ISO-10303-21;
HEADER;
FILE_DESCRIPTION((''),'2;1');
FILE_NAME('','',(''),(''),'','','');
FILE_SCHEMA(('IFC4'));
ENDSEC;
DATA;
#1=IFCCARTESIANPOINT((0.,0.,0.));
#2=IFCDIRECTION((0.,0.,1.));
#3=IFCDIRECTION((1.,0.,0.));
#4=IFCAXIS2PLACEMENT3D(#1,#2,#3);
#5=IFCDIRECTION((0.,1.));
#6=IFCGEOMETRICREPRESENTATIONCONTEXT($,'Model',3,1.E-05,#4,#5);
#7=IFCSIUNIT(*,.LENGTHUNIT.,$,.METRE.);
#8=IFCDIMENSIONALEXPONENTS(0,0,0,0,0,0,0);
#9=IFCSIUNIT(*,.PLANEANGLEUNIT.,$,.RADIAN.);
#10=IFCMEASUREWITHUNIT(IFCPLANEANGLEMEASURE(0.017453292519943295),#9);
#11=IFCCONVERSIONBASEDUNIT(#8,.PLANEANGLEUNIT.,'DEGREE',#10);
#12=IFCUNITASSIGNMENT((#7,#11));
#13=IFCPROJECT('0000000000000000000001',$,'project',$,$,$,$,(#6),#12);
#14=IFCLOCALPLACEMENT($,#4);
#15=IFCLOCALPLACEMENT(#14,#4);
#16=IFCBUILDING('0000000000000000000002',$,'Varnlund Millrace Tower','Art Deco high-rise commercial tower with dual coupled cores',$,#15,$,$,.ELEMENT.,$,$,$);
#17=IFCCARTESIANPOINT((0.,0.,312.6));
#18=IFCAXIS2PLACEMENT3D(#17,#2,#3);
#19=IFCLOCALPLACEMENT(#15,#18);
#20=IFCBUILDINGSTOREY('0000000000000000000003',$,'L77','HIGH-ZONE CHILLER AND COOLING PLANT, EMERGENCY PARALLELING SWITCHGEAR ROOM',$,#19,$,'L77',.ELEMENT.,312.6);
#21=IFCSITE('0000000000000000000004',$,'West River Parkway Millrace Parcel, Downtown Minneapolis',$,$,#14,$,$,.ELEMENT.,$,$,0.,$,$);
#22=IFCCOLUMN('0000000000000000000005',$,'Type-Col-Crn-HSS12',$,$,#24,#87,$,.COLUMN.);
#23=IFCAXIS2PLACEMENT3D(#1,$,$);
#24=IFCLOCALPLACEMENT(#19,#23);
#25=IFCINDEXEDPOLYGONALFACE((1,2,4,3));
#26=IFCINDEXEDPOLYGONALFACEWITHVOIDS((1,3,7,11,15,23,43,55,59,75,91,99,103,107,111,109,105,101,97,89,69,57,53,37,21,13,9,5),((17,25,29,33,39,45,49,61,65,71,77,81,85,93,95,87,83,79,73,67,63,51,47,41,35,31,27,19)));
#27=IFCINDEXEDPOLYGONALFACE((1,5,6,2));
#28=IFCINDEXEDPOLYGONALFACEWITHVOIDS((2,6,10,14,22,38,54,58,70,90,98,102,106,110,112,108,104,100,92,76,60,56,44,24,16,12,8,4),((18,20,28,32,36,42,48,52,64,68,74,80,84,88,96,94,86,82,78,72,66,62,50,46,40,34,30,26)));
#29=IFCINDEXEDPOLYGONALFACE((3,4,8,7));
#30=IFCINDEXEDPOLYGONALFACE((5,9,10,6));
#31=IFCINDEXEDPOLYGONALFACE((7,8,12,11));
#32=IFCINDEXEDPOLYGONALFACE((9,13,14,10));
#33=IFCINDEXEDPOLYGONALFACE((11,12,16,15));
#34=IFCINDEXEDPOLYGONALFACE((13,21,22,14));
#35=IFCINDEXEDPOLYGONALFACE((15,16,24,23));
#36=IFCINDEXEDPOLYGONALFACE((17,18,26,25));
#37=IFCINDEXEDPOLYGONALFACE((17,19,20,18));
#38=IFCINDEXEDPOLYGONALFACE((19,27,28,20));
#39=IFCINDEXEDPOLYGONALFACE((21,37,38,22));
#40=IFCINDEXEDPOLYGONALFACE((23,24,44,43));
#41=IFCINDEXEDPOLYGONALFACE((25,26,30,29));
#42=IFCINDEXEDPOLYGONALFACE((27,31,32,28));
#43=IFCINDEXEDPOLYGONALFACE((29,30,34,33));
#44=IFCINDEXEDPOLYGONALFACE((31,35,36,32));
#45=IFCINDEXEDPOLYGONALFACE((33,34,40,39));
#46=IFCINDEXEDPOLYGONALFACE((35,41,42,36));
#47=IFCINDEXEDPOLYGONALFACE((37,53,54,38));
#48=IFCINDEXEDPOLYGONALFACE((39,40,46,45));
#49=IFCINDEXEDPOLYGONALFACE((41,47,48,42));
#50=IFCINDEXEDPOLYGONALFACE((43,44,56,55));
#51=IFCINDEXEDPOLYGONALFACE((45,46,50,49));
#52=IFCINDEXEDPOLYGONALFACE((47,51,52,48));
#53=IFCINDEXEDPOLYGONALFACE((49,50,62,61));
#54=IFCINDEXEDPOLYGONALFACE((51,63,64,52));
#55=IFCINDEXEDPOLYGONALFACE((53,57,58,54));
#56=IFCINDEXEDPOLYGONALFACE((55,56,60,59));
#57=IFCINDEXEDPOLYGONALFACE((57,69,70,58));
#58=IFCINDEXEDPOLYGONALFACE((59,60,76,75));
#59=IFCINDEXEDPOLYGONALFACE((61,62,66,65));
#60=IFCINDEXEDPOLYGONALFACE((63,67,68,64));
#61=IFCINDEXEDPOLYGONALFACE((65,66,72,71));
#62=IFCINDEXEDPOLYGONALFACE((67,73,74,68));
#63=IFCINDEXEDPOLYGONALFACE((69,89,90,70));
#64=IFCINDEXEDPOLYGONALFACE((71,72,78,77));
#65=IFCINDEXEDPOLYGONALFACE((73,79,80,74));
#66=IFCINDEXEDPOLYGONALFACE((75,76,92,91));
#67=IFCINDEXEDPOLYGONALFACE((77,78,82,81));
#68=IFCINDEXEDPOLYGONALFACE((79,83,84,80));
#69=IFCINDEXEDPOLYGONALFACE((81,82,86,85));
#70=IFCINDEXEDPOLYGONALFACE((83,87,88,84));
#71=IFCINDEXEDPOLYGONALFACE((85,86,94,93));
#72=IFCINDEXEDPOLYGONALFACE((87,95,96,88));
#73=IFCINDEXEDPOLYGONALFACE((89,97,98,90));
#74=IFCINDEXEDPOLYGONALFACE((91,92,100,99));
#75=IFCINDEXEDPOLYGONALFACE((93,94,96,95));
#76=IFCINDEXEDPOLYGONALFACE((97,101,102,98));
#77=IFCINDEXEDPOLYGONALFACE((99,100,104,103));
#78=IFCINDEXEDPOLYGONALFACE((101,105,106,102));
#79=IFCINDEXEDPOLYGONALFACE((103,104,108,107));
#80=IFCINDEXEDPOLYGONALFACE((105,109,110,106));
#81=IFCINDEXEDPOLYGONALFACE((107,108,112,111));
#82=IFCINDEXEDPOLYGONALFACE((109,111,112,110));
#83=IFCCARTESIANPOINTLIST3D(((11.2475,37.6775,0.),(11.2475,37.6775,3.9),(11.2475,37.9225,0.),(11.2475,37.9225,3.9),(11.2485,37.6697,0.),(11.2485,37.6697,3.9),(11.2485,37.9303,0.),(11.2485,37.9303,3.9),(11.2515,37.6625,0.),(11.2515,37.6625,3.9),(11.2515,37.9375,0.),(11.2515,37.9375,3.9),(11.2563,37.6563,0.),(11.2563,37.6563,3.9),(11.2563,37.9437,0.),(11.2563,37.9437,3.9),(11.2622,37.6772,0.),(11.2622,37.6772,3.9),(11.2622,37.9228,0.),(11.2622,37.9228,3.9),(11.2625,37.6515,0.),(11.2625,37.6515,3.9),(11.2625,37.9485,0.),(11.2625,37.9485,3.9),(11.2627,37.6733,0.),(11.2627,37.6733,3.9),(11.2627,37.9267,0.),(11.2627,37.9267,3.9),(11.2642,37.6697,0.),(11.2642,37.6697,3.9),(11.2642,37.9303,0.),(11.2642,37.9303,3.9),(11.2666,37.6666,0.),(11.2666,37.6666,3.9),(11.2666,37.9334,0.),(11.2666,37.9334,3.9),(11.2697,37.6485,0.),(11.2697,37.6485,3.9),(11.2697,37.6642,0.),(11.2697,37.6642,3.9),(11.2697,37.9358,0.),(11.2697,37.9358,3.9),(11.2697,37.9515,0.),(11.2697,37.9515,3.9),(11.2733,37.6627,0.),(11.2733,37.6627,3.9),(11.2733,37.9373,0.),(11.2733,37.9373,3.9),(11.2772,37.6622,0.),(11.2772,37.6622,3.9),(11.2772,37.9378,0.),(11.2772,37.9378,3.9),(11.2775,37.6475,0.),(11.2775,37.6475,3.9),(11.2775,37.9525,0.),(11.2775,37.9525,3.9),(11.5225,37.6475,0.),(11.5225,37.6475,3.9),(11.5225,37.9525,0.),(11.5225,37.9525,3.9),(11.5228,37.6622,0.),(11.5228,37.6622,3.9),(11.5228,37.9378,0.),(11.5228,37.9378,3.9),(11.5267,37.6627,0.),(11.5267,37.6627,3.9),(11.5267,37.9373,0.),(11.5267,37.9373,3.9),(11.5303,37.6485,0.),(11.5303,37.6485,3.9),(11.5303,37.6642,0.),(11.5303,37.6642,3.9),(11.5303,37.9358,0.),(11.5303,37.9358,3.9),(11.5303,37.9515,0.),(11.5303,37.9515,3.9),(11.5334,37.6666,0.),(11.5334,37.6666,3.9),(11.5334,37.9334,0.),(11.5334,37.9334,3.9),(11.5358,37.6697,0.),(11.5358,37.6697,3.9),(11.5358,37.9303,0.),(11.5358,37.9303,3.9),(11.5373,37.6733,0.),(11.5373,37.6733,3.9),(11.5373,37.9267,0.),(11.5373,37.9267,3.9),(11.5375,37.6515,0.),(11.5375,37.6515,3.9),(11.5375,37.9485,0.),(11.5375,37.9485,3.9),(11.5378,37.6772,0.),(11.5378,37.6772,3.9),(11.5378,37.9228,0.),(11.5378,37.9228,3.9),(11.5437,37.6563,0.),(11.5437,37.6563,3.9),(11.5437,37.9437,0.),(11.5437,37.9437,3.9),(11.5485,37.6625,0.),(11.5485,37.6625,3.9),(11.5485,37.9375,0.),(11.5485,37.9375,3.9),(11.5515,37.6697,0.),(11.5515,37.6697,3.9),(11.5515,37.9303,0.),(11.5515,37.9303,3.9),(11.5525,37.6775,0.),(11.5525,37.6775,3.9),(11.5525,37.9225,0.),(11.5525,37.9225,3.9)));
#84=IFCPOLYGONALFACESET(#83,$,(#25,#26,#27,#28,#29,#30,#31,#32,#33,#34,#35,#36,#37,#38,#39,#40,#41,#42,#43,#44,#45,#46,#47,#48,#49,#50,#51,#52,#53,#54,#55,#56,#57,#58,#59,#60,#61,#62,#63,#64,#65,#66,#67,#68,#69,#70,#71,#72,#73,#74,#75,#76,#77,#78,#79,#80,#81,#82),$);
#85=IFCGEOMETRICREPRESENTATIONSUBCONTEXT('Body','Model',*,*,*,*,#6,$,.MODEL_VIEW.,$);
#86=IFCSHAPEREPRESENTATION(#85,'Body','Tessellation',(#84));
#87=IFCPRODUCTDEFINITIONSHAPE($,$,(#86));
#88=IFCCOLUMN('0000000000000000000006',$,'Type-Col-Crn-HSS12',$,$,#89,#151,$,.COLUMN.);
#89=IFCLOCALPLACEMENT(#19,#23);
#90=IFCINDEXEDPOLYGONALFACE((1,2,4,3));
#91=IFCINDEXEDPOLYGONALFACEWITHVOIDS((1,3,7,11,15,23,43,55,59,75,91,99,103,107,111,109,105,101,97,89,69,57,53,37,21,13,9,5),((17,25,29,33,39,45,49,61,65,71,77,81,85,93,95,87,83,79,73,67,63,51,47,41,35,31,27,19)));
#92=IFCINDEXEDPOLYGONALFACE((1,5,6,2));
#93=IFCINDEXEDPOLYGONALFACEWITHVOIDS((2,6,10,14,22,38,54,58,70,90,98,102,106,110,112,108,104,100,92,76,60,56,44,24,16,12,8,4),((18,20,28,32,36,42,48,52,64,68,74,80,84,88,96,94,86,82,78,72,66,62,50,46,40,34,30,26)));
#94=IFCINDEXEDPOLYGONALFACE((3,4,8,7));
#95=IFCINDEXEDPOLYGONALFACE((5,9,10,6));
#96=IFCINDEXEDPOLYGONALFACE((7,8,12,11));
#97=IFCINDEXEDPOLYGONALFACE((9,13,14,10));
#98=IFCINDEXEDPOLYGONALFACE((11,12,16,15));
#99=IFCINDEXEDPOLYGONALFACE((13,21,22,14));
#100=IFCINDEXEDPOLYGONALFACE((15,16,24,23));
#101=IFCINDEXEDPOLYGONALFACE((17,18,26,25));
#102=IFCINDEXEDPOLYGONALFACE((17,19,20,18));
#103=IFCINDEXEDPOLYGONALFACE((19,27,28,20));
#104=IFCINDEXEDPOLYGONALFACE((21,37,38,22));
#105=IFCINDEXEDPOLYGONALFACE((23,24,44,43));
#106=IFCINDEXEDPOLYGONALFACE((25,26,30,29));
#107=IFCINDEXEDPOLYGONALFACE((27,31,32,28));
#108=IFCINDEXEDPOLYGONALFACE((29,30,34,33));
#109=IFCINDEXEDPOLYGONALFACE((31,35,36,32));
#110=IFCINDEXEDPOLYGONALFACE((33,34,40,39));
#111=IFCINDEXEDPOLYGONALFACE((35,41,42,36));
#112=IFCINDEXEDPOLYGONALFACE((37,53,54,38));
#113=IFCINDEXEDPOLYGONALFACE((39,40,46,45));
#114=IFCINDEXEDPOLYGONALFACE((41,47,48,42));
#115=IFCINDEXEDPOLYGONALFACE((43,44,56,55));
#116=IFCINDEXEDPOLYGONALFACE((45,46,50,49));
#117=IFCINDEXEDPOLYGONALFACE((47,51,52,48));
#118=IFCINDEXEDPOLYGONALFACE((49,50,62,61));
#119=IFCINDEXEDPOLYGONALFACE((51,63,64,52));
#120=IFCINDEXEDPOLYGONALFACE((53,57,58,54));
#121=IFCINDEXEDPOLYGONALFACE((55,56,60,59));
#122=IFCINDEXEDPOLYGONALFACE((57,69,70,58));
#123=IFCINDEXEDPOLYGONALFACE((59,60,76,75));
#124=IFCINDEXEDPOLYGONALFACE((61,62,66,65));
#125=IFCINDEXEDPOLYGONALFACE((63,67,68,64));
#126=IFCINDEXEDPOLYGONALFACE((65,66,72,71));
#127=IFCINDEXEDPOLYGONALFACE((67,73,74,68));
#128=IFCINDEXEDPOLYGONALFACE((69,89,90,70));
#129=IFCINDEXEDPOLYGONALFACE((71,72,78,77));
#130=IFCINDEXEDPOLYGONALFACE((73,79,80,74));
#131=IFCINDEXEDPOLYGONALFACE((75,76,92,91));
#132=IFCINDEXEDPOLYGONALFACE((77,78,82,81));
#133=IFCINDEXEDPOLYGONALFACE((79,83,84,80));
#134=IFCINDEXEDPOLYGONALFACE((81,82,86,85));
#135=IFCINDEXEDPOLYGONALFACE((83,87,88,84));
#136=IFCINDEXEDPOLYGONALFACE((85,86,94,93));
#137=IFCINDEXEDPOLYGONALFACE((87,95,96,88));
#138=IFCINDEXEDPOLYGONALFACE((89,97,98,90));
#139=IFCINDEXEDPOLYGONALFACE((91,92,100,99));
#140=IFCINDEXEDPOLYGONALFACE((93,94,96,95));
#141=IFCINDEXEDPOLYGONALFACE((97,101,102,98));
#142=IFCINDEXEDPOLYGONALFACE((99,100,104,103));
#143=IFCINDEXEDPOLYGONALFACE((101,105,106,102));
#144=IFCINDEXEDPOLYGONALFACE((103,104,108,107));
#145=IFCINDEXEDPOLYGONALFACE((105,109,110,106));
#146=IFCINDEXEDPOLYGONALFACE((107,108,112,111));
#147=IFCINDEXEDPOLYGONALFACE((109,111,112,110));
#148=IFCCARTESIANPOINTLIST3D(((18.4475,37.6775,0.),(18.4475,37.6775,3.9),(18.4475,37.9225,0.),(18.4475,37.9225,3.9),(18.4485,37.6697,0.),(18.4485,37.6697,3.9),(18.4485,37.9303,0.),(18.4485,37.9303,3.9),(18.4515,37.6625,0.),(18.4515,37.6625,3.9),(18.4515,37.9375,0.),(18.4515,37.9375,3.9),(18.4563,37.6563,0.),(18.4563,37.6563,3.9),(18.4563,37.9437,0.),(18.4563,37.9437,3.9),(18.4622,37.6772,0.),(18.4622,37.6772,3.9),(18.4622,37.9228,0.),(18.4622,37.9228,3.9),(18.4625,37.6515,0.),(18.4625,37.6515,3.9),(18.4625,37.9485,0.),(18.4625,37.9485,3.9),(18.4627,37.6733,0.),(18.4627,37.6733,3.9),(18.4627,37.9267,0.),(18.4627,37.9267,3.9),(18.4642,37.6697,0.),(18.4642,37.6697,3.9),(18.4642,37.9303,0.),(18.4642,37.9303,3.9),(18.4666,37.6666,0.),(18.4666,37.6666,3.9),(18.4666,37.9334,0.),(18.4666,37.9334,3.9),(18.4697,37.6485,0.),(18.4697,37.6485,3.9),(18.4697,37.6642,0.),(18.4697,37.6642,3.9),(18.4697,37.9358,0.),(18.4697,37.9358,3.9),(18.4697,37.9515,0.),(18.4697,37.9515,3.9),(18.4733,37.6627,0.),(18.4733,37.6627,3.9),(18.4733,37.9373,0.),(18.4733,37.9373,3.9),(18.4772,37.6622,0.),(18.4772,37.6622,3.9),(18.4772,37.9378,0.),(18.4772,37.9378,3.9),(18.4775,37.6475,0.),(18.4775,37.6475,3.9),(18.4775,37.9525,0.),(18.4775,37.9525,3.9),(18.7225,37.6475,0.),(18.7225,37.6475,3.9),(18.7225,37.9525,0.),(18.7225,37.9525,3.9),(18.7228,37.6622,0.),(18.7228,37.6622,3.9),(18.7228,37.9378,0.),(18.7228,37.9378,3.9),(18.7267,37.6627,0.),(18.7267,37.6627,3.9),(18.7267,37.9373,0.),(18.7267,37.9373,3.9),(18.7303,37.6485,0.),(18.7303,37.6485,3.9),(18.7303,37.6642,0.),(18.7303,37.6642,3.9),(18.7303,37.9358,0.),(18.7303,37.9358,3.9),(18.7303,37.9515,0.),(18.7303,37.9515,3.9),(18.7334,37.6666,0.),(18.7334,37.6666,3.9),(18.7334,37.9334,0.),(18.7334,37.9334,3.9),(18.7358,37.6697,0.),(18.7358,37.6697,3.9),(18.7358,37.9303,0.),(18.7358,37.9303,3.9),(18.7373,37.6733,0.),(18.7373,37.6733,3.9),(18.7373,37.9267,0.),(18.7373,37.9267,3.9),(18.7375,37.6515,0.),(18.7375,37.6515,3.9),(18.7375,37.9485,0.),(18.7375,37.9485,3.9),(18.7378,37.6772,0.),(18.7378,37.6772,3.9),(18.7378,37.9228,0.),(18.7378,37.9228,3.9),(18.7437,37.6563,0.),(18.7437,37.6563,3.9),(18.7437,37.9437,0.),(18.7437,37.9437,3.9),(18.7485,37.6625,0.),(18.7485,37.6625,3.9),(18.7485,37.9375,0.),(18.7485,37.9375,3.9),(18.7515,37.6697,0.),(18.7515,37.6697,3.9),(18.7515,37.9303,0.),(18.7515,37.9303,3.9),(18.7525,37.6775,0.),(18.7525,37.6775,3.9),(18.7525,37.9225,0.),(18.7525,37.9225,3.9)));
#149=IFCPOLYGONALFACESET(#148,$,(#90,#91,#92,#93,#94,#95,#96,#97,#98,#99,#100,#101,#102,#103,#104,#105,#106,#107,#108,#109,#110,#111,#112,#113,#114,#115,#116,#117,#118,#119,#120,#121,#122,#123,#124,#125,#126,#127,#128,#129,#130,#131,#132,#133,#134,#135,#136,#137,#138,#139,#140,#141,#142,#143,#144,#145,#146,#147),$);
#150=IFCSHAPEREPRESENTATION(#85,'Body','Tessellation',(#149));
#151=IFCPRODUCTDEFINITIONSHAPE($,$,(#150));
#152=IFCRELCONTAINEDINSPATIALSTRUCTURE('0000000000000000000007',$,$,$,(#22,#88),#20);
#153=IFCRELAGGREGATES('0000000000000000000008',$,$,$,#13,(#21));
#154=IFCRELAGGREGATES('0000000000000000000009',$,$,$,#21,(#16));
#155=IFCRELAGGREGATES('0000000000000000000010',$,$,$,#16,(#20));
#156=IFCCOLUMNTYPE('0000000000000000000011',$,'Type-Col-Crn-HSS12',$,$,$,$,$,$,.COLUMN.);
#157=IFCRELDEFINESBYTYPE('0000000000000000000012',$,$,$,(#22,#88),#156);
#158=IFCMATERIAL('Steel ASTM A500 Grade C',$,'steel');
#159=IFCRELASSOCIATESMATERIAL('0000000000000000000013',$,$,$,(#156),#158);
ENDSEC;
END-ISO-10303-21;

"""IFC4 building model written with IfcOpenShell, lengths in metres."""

from ifc_helpers import new_model, entity, si_unit, converted_unit, direction, frame, origin_with_axes, origin_2d_with_axis, place, context, subcontext, project, spatial, hollow_rectangle, extrude, material, material_profile, profile_set, type_object, element, save


model = new_model("IFC4")

# Units and contexts
model_context = context("Model", 3, precision=1e-05, world=origin_with_axes(), true_north=direction((0.0, 1.0)))
body_context = subcontext(model_context, "Body", "Model", "MODEL_VIEW")
ifc_project = project(units=[si_unit("LENGTHUNIT", "METRE"), converted_unit("PLANEANGLEUNIT", "DEGREE", entity("IfcPlaneAngleMeasure", 0.017453292519943295), si_unit("PLANEANGLEUNIT", "RADIAN"), dimensions=[0, 0, 0, 0, 0, 0, 0])], contexts=[model_context])

# Site, building, storey
site_placement = place(None, origin_with_axes())
site = spatial("IfcSite", under=ifc_project, at=site_placement, Name="West River Parkway Millrace Parcel, Downtown Minneapolis", CompositionType="ELEMENT", RefElevation=0.0)
building_placement = place(site_placement, origin_with_axes())
building = spatial("IfcBuilding", under=site, at=building_placement, Name="Varnlund Millrace Tower", Description="Art Deco high-rise commercial tower with dual coupled cores", CompositionType="ELEMENT")
storey_placement = place(building_placement, frame((0.0, 0.0, 312.6), z_axis=(0.0, 0.0, 1.0), x_axis=(1.0, 0.0, 0.0)))
storey = spatial("IfcBuildingStorey", under=building, at=storey_placement, Name="L77", Description="HIGH-ZONE CHILLER AND COOLING PLANT, EMERGENCY PARALLELING SWITCHGEAR ROOM", LongName="L77", CompositionType="ELEMENT", Elevation=312.6)

# Columns
ifc_material_1 = material(Name="Steel ASTM A500 Grade C", Category="steel")
ifc_material_profile_1 = material_profile(ifc_material_1, hollow_rectangle(XDim=0.305, YDim=0.305, WallThickness=0.0147, InnerFilletRadius=0.015, OuterFilletRadius=0.03, at=origin_2d_with_axis()), Name="Steel ASTM A500 Grade C")
ifc_profile_set_1 = profile_set([ifc_material_profile_1], Name="Steel ASTM A500 Grade C")
column_type = type_object("IfcColumnType", Name="Type-Col-Crn-HSS12", PredefinedType="COLUMN", material=ifc_profile_set_1)
for number, where, z_axis, x_axis, name in (
    (1, (11.4, 37.8, 0.0), (0.0, 0.0, 1.0), (1.0, 0.0, 0.0), "Type-Col-Crn-HSS12"),
    (2, (18.6, 37.8, 0.0), (0.0, 0.0, 1.0), (1.0, 0.0, 0.0), "Type-Col-Crn-HSS12"),
):
    element("IfcColumn", number, at=place(storey_placement, frame(where, z_axis=z_axis, x_axis=x_axis)), inside=storey, type_object=column_type, Name=name, PredefinedType="COLUMN", context=body_context, shape_type="SweptSolid", body=[
        extrude(hollow_rectangle(XDim=0.305, YDim=0.305, WallThickness=0.0147, InnerFilletRadius=0.015, OuterFilletRadius=0.03, at=origin_2d_with_axis()), origin_with_axes(), (0.0, 0.0, 1.0), 3.9),
    ])

save(model, "model.ifc")
